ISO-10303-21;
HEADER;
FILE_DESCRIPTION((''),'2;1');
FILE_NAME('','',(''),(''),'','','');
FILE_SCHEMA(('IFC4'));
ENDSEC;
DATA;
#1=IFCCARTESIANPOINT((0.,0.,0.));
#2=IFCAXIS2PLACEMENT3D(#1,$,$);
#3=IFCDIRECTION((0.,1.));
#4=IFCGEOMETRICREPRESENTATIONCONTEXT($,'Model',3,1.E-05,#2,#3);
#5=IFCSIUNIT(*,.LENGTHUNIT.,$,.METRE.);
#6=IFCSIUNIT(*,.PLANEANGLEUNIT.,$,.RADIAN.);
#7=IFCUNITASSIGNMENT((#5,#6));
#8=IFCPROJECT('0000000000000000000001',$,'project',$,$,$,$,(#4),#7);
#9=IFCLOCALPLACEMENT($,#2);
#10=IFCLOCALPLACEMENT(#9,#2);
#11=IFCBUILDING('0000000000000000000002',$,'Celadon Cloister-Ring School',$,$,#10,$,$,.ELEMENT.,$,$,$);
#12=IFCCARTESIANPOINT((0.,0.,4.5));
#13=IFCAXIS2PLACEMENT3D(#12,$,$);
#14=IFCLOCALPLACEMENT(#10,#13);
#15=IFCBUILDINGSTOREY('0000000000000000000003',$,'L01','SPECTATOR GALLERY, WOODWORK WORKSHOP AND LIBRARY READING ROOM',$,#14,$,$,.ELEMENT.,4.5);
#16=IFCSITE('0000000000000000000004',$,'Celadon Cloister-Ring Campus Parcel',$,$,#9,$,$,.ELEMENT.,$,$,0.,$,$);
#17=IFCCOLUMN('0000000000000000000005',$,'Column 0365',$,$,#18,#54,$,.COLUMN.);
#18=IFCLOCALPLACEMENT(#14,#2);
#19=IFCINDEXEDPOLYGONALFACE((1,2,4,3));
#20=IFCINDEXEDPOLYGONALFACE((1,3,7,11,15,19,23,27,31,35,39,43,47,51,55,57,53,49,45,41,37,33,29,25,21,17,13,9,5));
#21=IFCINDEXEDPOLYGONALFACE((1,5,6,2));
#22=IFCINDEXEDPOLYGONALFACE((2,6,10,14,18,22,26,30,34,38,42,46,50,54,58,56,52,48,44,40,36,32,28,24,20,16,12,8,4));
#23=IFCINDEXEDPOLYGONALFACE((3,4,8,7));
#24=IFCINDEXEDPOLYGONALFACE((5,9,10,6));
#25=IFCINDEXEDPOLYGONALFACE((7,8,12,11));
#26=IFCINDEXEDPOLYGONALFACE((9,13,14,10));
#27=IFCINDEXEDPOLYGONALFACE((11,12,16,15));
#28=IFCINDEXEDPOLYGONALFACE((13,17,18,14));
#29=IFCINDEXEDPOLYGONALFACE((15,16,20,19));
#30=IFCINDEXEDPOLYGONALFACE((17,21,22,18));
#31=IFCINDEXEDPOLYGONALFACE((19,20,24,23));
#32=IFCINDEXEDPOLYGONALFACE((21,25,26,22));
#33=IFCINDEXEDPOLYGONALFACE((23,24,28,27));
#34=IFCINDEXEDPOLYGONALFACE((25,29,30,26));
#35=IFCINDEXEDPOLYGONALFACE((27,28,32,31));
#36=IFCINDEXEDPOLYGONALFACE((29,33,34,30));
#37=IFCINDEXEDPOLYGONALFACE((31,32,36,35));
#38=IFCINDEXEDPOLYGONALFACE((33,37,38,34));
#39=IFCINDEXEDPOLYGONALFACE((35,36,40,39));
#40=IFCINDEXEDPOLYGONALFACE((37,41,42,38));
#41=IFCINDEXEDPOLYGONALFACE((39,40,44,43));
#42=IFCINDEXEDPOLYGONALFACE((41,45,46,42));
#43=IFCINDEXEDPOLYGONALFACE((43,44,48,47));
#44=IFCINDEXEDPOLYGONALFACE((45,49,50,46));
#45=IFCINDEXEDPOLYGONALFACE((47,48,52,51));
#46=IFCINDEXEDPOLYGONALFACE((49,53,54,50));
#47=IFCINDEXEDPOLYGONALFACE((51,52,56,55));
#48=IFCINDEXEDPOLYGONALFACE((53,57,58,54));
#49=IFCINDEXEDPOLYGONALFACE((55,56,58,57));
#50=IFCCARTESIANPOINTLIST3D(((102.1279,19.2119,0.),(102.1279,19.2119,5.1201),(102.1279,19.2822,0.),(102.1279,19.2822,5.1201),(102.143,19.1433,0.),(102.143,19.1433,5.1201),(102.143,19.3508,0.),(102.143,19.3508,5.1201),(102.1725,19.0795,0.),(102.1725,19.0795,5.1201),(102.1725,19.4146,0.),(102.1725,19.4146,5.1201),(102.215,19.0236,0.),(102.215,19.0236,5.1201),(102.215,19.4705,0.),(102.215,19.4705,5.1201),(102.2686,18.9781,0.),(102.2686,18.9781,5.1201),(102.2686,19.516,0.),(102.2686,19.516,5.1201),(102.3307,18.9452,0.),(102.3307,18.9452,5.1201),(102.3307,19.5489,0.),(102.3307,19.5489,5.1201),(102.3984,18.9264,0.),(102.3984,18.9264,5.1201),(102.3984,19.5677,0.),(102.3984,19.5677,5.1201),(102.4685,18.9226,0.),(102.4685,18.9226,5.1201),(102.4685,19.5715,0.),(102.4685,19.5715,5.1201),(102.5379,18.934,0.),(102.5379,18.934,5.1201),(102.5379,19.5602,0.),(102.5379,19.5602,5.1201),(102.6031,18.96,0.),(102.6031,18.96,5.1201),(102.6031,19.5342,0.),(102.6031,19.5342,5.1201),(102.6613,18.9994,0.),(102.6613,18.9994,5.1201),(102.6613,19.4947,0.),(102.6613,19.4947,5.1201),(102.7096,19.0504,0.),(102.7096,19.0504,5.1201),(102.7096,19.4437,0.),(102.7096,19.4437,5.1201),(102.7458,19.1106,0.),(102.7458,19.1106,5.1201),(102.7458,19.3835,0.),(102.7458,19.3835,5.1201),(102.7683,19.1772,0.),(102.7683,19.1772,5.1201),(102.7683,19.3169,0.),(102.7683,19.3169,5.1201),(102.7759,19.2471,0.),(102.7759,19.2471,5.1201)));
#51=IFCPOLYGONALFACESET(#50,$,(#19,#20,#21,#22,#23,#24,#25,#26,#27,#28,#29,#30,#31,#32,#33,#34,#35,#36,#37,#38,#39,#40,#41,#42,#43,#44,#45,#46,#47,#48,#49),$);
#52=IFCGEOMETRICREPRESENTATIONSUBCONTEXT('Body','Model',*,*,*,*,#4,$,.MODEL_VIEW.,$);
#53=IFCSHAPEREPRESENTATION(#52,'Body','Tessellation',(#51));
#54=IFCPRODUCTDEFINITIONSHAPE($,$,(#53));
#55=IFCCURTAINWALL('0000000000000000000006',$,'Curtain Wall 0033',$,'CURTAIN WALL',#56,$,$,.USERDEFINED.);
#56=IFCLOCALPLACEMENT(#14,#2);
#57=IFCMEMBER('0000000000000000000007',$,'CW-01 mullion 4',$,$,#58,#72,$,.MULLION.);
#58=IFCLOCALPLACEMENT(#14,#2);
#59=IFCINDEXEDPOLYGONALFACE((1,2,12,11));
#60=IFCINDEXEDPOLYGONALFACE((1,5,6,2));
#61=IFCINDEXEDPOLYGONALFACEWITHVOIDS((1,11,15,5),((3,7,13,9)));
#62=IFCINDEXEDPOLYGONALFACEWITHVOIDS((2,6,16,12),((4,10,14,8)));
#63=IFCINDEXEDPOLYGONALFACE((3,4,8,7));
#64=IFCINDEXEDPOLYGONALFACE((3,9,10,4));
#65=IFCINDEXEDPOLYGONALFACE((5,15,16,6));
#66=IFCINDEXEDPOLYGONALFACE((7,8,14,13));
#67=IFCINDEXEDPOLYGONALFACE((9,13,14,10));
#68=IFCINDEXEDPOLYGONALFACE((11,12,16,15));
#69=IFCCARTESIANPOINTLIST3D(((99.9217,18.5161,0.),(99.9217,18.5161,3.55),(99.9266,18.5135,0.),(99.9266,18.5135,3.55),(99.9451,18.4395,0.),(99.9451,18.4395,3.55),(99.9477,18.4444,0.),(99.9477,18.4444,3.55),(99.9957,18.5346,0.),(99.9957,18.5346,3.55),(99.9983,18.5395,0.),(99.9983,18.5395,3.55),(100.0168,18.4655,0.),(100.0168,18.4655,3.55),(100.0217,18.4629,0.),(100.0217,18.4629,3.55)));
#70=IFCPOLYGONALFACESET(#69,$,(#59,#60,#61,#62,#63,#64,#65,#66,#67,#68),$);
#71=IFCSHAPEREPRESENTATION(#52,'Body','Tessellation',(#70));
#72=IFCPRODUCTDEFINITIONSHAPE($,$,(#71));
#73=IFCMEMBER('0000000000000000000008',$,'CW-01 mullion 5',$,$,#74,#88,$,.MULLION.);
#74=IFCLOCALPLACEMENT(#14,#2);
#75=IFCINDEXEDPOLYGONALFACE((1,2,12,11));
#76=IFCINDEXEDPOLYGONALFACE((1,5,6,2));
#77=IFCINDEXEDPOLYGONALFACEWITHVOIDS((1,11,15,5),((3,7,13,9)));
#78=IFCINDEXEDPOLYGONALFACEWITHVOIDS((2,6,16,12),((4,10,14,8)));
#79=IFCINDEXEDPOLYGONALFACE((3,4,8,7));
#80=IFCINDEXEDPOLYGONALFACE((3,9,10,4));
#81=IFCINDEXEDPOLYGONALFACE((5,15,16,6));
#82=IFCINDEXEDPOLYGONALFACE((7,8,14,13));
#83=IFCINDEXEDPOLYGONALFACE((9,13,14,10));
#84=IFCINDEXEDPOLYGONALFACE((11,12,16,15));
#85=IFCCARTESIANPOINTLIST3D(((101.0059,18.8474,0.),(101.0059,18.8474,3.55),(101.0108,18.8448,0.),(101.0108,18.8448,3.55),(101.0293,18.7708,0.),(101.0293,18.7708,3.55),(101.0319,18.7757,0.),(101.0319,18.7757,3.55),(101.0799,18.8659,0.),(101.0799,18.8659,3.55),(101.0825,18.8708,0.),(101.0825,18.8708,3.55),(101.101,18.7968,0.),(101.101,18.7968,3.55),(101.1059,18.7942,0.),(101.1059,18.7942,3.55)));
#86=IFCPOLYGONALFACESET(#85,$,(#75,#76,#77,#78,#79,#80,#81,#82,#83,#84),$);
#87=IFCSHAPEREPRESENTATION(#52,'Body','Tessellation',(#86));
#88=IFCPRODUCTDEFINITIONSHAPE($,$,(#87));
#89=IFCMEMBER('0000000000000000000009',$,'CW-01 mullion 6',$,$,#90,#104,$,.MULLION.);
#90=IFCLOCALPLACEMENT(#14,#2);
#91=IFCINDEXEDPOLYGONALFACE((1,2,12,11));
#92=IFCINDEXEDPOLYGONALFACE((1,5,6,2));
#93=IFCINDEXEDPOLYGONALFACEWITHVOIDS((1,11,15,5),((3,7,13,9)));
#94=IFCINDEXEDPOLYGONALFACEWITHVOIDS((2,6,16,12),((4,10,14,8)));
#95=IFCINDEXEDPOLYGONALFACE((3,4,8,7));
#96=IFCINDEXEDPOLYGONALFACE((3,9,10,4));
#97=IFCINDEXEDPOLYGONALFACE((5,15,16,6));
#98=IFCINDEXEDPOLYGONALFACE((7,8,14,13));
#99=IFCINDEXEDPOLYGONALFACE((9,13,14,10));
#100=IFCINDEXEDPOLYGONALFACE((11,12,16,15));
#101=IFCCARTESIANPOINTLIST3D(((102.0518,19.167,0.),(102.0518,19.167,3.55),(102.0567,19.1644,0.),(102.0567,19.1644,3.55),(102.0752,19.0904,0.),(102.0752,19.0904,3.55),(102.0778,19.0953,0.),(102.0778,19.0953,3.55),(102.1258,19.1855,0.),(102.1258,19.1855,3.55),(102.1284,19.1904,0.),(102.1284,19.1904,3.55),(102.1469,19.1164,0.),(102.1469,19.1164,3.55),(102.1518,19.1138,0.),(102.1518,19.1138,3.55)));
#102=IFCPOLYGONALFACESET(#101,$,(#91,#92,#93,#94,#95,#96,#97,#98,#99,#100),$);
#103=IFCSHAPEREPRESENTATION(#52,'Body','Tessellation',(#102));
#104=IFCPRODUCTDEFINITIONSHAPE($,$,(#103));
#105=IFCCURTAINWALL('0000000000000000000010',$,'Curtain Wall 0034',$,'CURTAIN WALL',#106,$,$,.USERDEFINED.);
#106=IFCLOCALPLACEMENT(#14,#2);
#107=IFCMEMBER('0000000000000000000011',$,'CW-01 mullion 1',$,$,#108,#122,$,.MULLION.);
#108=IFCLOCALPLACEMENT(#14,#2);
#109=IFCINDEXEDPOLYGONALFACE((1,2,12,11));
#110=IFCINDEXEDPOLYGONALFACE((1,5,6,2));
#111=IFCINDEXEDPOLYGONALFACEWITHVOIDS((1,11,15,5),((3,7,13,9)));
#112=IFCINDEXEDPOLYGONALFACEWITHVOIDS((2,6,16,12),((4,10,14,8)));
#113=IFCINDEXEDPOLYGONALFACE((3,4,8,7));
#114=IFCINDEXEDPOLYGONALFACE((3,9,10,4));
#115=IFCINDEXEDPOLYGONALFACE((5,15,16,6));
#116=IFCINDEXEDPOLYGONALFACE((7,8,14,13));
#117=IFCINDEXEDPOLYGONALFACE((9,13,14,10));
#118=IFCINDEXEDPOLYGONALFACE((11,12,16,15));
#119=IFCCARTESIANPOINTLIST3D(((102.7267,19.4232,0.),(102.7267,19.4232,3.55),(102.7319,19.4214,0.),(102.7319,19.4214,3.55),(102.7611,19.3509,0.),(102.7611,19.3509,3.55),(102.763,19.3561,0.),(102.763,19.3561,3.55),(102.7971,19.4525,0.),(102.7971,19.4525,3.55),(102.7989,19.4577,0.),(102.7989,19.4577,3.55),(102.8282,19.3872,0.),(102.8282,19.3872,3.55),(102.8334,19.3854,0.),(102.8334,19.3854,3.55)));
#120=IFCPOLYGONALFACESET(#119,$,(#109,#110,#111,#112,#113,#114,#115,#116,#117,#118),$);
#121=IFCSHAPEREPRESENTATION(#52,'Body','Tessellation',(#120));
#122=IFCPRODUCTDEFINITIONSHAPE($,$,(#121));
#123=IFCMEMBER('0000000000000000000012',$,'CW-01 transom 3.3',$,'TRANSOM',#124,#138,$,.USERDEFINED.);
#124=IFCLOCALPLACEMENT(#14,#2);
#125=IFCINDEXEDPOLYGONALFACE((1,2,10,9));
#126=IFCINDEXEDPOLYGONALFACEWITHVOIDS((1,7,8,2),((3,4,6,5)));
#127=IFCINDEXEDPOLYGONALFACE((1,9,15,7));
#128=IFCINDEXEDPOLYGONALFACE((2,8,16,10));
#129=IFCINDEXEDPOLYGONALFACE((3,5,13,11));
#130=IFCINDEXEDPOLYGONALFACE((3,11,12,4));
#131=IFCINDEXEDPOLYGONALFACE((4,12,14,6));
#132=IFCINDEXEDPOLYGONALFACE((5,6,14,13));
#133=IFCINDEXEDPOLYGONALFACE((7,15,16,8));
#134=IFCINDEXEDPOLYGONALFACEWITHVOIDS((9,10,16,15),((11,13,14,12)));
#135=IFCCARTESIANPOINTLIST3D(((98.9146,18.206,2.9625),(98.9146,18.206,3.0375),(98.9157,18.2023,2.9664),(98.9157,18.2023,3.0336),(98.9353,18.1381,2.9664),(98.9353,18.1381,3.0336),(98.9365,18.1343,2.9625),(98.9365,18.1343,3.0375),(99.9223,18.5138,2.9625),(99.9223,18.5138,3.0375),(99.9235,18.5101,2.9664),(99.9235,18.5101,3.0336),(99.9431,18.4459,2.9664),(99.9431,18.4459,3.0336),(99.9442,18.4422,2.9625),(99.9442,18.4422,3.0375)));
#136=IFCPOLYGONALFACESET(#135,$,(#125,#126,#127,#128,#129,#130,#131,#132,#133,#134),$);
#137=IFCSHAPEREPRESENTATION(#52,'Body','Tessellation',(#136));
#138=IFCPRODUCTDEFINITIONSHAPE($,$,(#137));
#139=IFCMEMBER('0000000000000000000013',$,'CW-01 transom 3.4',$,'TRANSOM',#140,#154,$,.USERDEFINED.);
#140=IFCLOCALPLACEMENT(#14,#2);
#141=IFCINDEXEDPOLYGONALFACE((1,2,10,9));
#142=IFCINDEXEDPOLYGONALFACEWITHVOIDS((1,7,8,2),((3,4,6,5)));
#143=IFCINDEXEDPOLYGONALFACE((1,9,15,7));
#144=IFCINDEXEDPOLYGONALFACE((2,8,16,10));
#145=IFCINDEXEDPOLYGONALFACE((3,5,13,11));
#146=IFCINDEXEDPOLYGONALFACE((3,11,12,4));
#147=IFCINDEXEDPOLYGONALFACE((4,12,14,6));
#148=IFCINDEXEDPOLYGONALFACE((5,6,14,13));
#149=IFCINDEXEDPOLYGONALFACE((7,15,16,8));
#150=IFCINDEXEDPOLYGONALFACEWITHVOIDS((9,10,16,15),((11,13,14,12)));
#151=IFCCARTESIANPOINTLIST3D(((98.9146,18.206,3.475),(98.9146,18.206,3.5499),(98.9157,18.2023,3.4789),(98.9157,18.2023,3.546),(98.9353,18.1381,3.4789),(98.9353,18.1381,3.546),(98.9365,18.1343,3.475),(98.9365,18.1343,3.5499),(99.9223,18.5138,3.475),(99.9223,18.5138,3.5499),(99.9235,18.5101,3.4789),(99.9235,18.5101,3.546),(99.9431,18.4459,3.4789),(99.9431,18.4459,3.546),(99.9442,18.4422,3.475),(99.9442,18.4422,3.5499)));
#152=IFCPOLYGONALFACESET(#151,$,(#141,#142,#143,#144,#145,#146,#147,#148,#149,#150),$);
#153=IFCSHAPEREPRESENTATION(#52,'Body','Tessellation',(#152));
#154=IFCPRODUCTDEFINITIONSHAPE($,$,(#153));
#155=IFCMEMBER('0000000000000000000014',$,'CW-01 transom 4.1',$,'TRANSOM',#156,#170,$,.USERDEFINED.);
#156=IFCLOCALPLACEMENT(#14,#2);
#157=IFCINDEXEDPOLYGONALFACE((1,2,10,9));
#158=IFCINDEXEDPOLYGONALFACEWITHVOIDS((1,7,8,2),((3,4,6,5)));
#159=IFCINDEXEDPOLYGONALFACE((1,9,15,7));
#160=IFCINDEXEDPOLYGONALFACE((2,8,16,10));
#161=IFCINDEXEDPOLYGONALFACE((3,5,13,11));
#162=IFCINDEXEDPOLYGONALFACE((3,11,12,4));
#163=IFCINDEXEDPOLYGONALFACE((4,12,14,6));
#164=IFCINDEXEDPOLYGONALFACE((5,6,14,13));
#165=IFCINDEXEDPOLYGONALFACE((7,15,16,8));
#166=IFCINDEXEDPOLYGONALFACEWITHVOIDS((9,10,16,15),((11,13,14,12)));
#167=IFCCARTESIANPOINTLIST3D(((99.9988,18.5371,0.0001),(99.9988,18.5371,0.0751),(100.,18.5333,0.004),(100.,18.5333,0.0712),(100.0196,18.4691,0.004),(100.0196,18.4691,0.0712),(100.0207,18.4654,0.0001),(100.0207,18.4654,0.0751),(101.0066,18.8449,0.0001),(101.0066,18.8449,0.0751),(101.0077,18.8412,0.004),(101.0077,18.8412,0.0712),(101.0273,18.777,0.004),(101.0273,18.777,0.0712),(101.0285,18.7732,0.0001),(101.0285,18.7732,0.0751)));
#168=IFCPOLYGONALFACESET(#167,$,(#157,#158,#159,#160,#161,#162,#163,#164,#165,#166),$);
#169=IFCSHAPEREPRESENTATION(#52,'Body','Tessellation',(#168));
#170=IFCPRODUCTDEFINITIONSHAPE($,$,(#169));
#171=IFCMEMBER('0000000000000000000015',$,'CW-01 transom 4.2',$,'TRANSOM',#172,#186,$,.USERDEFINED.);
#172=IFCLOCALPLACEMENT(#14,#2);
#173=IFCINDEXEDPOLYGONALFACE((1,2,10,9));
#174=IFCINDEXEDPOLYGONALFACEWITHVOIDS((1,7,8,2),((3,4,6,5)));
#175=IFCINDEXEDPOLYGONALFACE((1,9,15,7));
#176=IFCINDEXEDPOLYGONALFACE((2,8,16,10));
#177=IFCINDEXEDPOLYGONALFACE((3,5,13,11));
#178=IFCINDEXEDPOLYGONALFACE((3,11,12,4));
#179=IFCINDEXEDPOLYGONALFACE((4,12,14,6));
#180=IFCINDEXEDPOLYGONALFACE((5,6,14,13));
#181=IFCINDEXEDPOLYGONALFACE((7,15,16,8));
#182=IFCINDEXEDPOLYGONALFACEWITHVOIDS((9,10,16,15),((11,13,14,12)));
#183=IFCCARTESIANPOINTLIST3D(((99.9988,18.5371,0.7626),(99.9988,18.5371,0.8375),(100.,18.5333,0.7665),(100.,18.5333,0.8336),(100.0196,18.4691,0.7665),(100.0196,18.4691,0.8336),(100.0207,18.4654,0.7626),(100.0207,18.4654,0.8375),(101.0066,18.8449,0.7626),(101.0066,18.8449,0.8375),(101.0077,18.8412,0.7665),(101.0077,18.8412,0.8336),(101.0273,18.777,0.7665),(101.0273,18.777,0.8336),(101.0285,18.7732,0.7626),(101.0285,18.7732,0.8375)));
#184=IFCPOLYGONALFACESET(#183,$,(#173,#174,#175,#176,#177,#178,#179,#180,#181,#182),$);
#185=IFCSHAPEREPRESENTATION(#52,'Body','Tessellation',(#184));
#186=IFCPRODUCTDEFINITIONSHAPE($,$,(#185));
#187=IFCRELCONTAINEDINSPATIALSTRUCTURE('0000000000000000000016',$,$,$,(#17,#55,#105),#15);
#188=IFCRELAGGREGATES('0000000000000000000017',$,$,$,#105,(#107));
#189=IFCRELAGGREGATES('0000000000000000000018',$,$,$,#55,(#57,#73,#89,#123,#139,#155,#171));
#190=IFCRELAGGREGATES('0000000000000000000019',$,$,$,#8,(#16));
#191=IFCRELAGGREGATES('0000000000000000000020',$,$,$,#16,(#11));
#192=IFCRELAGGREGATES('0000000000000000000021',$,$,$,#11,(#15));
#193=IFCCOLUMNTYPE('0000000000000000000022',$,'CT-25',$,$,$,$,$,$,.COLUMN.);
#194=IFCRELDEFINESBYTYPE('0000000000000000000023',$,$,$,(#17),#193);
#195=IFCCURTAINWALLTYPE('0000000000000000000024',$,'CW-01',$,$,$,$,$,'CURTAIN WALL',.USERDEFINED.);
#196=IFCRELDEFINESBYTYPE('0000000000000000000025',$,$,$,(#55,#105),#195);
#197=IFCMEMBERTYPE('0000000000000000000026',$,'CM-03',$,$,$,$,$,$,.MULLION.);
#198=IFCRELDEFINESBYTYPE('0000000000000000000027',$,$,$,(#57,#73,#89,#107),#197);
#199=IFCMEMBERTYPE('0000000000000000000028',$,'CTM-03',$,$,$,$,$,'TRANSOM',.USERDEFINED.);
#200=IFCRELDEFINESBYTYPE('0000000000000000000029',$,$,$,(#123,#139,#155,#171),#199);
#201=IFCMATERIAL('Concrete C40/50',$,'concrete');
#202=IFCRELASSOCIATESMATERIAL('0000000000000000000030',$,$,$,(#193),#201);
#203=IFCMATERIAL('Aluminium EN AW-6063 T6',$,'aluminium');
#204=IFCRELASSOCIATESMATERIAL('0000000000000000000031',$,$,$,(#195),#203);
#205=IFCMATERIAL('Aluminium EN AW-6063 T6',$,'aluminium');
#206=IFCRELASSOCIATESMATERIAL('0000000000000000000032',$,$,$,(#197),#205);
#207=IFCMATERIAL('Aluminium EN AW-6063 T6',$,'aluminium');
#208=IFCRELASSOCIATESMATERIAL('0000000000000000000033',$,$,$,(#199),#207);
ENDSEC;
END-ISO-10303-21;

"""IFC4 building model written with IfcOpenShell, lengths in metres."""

from ifc_helpers import new_model, si_unit, direction, frame, origin, origin_2d, place, context, subcontext, project, spatial, hollow_rectangle, circle, extrude, material, material_profile, profile_set, type_object, element, aggregate, save


model = new_model("IFC4")

# Units and contexts
model_context = context("Model", 3, precision=1e-05, world=origin(), true_north=direction((0.0, 1.0)))
body_context = subcontext(model_context, "Body", "Model", "MODEL_VIEW")
ifc_project = project(units=[si_unit("LENGTHUNIT", "METRE"), si_unit("PLANEANGLEUNIT", "RADIAN")], contexts=[model_context])

# Site, building, storey
site_placement = place(None, origin())
site = spatial("IfcSite", under=ifc_project, at=site_placement, Name="Celadon Cloister-Ring Campus Parcel", CompositionType="ELEMENT", RefElevation=0.0)
building_placement = place(site_placement, origin())
building = spatial("IfcBuilding", under=site, at=building_placement, Name="Celadon Cloister-Ring School", CompositionType="ELEMENT")
storey_placement = place(building_placement, frame((0.0, 0.0, 4.5)))
storey = spatial("IfcBuildingStorey", under=building, at=storey_placement, Name="L01", Description="SPECTATOR GALLERY, WOODWORK WORKSHOP AND LIBRARY READING ROOM", CompositionType="ELEMENT", Elevation=4.5)

# Column
ifc_material_1 = material(Name="Concrete C40/50", Category="concrete")
ifc_material_profile_1 = material_profile(ifc_material_1, circle(Radius=0.325, at=origin_2d()), Name="CIRC650")
ifc_profile_set_1 = profile_set([ifc_material_profile_1], Name="Concrete C40/50")
column_type = type_object("IfcColumnType", Name="CT-25", PredefinedType="COLUMN", material=ifc_profile_set_1)
column_placement = place(storey_placement, frame((102.4509, 19.2471, 0.0), z_axis=(0.0, 0.0, 1.0), x_axis=(1.0, 0.0, 0.0)))
element("IfcColumn", 1, at=column_placement, inside=storey, type_object=column_type, Name="Column 0365", PredefinedType="COLUMN", context=body_context, shape_type="SweptSolid", body=[
    extrude(circle(Radius=0.325, at=origin_2d()), origin(), (0.0, 0.0, 1.0), 5.1201),
])

# Curtain wall, members
ifc_material_2 = material(Name="Aluminium EN AW-6063 T6", Category="aluminium")
curtain_wall_type = type_object("IfcCurtainWallType", Name="CW-01", ElementType="CURTAIN WALL", PredefinedType="USERDEFINED", material=ifc_material_2)
curtain_wall_1_placement = place(storey_placement, origin())
curtain_wall_1 = element("IfcCurtainWall", 2, at=curtain_wall_1_placement, inside=storey, type_object=curtain_wall_type, Name="Curtain Wall 0033", ObjectType="CURTAIN WALL", PredefinedType="USERDEFINED")
ifc_material_3 = material(Name="Aluminium EN AW-6063 T6", Category="aluminium")
ifc_material_profile_2 = material_profile(ifc_material_3, hollow_rectangle(XDim=0.0801, YDim=0.0801, WallThickness=0.0039, at=origin_2d()), Name="RHS80X80X4")
ifc_profile_set_2 = profile_set([ifc_material_profile_2], Name="Aluminium EN AW-6063 T6")
member_type_1 = type_object("IfcMemberType", Name="CM-03", PredefinedType="MULLION", material=ifc_profile_set_2)
member_1_placement = place(storey_placement, frame((99.9717, 18.4895, 0.0), z_axis=(0.0, 0.0, 1.0), x_axis=(-0.292151, 0.956372, 0.0)))
member_1 = element("IfcMember", 3, at=member_1_placement, type_object=member_type_1, Name="CW-01 mullion 4", PredefinedType="MULLION", context=body_context, shape_type="SweptSolid", body=[
    extrude(hollow_rectangle(XDim=0.0801, YDim=0.0801, WallThickness=0.0039, at=origin_2d()), origin(), (0.0, 0.0, 1.0), 3.55),
])
member_2_placement = place(storey_placement, frame((101.0559, 18.8208, 0.0), z_axis=(0.0, 0.0, 1.0), x_axis=(-0.292151, 0.956372, 0.0)))
member_2 = element("IfcMember", 4, at=member_2_placement, type_object=member_type_1, Name="CW-01 mullion 5", PredefinedType="MULLION", context=body_context, shape_type="SweptSolid", body=[
    extrude(hollow_rectangle(XDim=0.0801, YDim=0.0801, WallThickness=0.0039, at=origin_2d()), origin(), (0.0, 0.0, 1.0), 3.55),
])
member_3_placement = place(storey_placement, frame((102.1018, 19.1404, 0.0), z_axis=(0.0, 0.0, 1.0), x_axis=(-0.292151, 0.956372, 0.0)))
member_3 = element("IfcMember", 5, at=member_3_placement, type_object=member_type_1, Name="CW-01 mullion 6", PredefinedType="MULLION", context=body_context, shape_type="SweptSolid", body=[
    extrude(hollow_rectangle(XDim=0.0801, YDim=0.0801, WallThickness=0.0039, at=origin_2d()), origin(), (0.0, 0.0, 1.0), 3.55),
])

# Curtain wall, member
curtain_wall_2_placement = place(storey_placement, origin())
curtain_wall_2 = element("IfcCurtainWall", 6, at=curtain_wall_2_placement, inside=storey, type_object=curtain_wall_type, Name="Curtain Wall 0034", ObjectType="CURTAIN WALL", PredefinedType="USERDEFINED")
member_4_placement = place(storey_placement, frame((102.78, 19.4043, 0.0), z_axis=(0.0, 0.0, 1.0), x_axis=(-0.430201, 0.902733, 0.0)))
member_4 = element("IfcMember", 7, at=member_4_placement, type_object=member_type_1, Name="CW-01 mullion 1", PredefinedType="MULLION", context=body_context, shape_type="SweptSolid", body=[
    extrude(hollow_rectangle(XDim=0.0801, YDim=0.0801, WallThickness=0.0039, at=origin_2d()), origin(), (0.0, 0.0, 1.0), 3.55),
])

# Members
ifc_material_4 = material(Name="Aluminium EN AW-6063 T6", Category="aluminium")
ifc_material_profile_3 = material_profile(ifc_material_4, hollow_rectangle(XDim=0.075, YDim=0.075, WallThickness=0.0039, at=origin_2d()), Name="RHS75X75X4")
ifc_profile_set_3 = profile_set([ifc_material_profile_3], Name="Aluminium EN AW-6063 T6")
member_type_2 = type_object("IfcMemberType", Name="CTM-03", ElementType="TRANSOM", PredefinedType="USERDEFINED", material=ifc_profile_set_3)
member_5_placement = place(storey_placement, frame((98.9255, 18.1702, 3.0), z_axis=(0.956373, 0.292148, 0.0), x_axis=(-0.292148, 0.956373, 0.0)))
member_5 = element("IfcMember", 8, at=member_5_placement, type_object=member_type_2, Name="CW-01 transom 3.3", ObjectType="TRANSOM", PredefinedType="USERDEFINED", context=body_context, shape_type="SweptSolid", body=[
    extrude(hollow_rectangle(XDim=0.075, YDim=0.075, WallThickness=0.0039, at=origin_2d()), origin(), (0.0, 0.0, 1.0), 1.0537),
])
member_6_placement = place(storey_placement, frame((98.9255, 18.1702, 3.5125), z_axis=(0.956373, 0.292148, 0.0), x_axis=(-0.292148, 0.956373, 0.0)))
member_6 = element("IfcMember", 9, at=member_6_placement, type_object=member_type_2, Name="CW-01 transom 3.4", ObjectType="TRANSOM", PredefinedType="USERDEFINED", context=body_context, shape_type="SweptSolid", body=[
    extrude(hollow_rectangle(XDim=0.075, YDim=0.075, WallThickness=0.0039, at=origin_2d()), origin(), (0.0, 0.0, 1.0), 1.0537),
])
member_7_placement = place(storey_placement, frame((100.0098, 18.5012, 0.0376), z_axis=(0.956373, 0.292148, 0.0), x_axis=(-0.292148, 0.956373, 0.0)))
member_7 = element("IfcMember", 10, at=member_7_placement, type_object=member_type_2, Name="CW-01 transom 4.1", ObjectType="TRANSOM", PredefinedType="USERDEFINED", context=body_context, shape_type="SweptSolid", body=[
    extrude(hollow_rectangle(XDim=0.075, YDim=0.075, WallThickness=0.0039, at=origin_2d()), origin(), (0.0, 0.0, 1.0), 1.0537),
])
member_8_placement = place(storey_placement, frame((100.0098, 18.5012, 0.8), z_axis=(0.956373, 0.292148, 0.0), x_axis=(-0.292148, 0.956373, 0.0)))
member_8 = element("IfcMember", 11, at=member_8_placement, type_object=member_type_2, Name="CW-01 transom 4.2", ObjectType="TRANSOM", PredefinedType="USERDEFINED", context=body_context, shape_type="SweptSolid", body=[
    extrude(hollow_rectangle(XDim=0.075, YDim=0.075, WallThickness=0.0039, at=origin_2d()), origin(), (0.0, 0.0, 1.0), 1.0537),
])
aggregate(curtain_wall_2, [member_4])

aggregate(curtain_wall_1, [member_1, member_2, member_3, member_5, member_6, member_7, member_8])

save(model, "model.ifc")
